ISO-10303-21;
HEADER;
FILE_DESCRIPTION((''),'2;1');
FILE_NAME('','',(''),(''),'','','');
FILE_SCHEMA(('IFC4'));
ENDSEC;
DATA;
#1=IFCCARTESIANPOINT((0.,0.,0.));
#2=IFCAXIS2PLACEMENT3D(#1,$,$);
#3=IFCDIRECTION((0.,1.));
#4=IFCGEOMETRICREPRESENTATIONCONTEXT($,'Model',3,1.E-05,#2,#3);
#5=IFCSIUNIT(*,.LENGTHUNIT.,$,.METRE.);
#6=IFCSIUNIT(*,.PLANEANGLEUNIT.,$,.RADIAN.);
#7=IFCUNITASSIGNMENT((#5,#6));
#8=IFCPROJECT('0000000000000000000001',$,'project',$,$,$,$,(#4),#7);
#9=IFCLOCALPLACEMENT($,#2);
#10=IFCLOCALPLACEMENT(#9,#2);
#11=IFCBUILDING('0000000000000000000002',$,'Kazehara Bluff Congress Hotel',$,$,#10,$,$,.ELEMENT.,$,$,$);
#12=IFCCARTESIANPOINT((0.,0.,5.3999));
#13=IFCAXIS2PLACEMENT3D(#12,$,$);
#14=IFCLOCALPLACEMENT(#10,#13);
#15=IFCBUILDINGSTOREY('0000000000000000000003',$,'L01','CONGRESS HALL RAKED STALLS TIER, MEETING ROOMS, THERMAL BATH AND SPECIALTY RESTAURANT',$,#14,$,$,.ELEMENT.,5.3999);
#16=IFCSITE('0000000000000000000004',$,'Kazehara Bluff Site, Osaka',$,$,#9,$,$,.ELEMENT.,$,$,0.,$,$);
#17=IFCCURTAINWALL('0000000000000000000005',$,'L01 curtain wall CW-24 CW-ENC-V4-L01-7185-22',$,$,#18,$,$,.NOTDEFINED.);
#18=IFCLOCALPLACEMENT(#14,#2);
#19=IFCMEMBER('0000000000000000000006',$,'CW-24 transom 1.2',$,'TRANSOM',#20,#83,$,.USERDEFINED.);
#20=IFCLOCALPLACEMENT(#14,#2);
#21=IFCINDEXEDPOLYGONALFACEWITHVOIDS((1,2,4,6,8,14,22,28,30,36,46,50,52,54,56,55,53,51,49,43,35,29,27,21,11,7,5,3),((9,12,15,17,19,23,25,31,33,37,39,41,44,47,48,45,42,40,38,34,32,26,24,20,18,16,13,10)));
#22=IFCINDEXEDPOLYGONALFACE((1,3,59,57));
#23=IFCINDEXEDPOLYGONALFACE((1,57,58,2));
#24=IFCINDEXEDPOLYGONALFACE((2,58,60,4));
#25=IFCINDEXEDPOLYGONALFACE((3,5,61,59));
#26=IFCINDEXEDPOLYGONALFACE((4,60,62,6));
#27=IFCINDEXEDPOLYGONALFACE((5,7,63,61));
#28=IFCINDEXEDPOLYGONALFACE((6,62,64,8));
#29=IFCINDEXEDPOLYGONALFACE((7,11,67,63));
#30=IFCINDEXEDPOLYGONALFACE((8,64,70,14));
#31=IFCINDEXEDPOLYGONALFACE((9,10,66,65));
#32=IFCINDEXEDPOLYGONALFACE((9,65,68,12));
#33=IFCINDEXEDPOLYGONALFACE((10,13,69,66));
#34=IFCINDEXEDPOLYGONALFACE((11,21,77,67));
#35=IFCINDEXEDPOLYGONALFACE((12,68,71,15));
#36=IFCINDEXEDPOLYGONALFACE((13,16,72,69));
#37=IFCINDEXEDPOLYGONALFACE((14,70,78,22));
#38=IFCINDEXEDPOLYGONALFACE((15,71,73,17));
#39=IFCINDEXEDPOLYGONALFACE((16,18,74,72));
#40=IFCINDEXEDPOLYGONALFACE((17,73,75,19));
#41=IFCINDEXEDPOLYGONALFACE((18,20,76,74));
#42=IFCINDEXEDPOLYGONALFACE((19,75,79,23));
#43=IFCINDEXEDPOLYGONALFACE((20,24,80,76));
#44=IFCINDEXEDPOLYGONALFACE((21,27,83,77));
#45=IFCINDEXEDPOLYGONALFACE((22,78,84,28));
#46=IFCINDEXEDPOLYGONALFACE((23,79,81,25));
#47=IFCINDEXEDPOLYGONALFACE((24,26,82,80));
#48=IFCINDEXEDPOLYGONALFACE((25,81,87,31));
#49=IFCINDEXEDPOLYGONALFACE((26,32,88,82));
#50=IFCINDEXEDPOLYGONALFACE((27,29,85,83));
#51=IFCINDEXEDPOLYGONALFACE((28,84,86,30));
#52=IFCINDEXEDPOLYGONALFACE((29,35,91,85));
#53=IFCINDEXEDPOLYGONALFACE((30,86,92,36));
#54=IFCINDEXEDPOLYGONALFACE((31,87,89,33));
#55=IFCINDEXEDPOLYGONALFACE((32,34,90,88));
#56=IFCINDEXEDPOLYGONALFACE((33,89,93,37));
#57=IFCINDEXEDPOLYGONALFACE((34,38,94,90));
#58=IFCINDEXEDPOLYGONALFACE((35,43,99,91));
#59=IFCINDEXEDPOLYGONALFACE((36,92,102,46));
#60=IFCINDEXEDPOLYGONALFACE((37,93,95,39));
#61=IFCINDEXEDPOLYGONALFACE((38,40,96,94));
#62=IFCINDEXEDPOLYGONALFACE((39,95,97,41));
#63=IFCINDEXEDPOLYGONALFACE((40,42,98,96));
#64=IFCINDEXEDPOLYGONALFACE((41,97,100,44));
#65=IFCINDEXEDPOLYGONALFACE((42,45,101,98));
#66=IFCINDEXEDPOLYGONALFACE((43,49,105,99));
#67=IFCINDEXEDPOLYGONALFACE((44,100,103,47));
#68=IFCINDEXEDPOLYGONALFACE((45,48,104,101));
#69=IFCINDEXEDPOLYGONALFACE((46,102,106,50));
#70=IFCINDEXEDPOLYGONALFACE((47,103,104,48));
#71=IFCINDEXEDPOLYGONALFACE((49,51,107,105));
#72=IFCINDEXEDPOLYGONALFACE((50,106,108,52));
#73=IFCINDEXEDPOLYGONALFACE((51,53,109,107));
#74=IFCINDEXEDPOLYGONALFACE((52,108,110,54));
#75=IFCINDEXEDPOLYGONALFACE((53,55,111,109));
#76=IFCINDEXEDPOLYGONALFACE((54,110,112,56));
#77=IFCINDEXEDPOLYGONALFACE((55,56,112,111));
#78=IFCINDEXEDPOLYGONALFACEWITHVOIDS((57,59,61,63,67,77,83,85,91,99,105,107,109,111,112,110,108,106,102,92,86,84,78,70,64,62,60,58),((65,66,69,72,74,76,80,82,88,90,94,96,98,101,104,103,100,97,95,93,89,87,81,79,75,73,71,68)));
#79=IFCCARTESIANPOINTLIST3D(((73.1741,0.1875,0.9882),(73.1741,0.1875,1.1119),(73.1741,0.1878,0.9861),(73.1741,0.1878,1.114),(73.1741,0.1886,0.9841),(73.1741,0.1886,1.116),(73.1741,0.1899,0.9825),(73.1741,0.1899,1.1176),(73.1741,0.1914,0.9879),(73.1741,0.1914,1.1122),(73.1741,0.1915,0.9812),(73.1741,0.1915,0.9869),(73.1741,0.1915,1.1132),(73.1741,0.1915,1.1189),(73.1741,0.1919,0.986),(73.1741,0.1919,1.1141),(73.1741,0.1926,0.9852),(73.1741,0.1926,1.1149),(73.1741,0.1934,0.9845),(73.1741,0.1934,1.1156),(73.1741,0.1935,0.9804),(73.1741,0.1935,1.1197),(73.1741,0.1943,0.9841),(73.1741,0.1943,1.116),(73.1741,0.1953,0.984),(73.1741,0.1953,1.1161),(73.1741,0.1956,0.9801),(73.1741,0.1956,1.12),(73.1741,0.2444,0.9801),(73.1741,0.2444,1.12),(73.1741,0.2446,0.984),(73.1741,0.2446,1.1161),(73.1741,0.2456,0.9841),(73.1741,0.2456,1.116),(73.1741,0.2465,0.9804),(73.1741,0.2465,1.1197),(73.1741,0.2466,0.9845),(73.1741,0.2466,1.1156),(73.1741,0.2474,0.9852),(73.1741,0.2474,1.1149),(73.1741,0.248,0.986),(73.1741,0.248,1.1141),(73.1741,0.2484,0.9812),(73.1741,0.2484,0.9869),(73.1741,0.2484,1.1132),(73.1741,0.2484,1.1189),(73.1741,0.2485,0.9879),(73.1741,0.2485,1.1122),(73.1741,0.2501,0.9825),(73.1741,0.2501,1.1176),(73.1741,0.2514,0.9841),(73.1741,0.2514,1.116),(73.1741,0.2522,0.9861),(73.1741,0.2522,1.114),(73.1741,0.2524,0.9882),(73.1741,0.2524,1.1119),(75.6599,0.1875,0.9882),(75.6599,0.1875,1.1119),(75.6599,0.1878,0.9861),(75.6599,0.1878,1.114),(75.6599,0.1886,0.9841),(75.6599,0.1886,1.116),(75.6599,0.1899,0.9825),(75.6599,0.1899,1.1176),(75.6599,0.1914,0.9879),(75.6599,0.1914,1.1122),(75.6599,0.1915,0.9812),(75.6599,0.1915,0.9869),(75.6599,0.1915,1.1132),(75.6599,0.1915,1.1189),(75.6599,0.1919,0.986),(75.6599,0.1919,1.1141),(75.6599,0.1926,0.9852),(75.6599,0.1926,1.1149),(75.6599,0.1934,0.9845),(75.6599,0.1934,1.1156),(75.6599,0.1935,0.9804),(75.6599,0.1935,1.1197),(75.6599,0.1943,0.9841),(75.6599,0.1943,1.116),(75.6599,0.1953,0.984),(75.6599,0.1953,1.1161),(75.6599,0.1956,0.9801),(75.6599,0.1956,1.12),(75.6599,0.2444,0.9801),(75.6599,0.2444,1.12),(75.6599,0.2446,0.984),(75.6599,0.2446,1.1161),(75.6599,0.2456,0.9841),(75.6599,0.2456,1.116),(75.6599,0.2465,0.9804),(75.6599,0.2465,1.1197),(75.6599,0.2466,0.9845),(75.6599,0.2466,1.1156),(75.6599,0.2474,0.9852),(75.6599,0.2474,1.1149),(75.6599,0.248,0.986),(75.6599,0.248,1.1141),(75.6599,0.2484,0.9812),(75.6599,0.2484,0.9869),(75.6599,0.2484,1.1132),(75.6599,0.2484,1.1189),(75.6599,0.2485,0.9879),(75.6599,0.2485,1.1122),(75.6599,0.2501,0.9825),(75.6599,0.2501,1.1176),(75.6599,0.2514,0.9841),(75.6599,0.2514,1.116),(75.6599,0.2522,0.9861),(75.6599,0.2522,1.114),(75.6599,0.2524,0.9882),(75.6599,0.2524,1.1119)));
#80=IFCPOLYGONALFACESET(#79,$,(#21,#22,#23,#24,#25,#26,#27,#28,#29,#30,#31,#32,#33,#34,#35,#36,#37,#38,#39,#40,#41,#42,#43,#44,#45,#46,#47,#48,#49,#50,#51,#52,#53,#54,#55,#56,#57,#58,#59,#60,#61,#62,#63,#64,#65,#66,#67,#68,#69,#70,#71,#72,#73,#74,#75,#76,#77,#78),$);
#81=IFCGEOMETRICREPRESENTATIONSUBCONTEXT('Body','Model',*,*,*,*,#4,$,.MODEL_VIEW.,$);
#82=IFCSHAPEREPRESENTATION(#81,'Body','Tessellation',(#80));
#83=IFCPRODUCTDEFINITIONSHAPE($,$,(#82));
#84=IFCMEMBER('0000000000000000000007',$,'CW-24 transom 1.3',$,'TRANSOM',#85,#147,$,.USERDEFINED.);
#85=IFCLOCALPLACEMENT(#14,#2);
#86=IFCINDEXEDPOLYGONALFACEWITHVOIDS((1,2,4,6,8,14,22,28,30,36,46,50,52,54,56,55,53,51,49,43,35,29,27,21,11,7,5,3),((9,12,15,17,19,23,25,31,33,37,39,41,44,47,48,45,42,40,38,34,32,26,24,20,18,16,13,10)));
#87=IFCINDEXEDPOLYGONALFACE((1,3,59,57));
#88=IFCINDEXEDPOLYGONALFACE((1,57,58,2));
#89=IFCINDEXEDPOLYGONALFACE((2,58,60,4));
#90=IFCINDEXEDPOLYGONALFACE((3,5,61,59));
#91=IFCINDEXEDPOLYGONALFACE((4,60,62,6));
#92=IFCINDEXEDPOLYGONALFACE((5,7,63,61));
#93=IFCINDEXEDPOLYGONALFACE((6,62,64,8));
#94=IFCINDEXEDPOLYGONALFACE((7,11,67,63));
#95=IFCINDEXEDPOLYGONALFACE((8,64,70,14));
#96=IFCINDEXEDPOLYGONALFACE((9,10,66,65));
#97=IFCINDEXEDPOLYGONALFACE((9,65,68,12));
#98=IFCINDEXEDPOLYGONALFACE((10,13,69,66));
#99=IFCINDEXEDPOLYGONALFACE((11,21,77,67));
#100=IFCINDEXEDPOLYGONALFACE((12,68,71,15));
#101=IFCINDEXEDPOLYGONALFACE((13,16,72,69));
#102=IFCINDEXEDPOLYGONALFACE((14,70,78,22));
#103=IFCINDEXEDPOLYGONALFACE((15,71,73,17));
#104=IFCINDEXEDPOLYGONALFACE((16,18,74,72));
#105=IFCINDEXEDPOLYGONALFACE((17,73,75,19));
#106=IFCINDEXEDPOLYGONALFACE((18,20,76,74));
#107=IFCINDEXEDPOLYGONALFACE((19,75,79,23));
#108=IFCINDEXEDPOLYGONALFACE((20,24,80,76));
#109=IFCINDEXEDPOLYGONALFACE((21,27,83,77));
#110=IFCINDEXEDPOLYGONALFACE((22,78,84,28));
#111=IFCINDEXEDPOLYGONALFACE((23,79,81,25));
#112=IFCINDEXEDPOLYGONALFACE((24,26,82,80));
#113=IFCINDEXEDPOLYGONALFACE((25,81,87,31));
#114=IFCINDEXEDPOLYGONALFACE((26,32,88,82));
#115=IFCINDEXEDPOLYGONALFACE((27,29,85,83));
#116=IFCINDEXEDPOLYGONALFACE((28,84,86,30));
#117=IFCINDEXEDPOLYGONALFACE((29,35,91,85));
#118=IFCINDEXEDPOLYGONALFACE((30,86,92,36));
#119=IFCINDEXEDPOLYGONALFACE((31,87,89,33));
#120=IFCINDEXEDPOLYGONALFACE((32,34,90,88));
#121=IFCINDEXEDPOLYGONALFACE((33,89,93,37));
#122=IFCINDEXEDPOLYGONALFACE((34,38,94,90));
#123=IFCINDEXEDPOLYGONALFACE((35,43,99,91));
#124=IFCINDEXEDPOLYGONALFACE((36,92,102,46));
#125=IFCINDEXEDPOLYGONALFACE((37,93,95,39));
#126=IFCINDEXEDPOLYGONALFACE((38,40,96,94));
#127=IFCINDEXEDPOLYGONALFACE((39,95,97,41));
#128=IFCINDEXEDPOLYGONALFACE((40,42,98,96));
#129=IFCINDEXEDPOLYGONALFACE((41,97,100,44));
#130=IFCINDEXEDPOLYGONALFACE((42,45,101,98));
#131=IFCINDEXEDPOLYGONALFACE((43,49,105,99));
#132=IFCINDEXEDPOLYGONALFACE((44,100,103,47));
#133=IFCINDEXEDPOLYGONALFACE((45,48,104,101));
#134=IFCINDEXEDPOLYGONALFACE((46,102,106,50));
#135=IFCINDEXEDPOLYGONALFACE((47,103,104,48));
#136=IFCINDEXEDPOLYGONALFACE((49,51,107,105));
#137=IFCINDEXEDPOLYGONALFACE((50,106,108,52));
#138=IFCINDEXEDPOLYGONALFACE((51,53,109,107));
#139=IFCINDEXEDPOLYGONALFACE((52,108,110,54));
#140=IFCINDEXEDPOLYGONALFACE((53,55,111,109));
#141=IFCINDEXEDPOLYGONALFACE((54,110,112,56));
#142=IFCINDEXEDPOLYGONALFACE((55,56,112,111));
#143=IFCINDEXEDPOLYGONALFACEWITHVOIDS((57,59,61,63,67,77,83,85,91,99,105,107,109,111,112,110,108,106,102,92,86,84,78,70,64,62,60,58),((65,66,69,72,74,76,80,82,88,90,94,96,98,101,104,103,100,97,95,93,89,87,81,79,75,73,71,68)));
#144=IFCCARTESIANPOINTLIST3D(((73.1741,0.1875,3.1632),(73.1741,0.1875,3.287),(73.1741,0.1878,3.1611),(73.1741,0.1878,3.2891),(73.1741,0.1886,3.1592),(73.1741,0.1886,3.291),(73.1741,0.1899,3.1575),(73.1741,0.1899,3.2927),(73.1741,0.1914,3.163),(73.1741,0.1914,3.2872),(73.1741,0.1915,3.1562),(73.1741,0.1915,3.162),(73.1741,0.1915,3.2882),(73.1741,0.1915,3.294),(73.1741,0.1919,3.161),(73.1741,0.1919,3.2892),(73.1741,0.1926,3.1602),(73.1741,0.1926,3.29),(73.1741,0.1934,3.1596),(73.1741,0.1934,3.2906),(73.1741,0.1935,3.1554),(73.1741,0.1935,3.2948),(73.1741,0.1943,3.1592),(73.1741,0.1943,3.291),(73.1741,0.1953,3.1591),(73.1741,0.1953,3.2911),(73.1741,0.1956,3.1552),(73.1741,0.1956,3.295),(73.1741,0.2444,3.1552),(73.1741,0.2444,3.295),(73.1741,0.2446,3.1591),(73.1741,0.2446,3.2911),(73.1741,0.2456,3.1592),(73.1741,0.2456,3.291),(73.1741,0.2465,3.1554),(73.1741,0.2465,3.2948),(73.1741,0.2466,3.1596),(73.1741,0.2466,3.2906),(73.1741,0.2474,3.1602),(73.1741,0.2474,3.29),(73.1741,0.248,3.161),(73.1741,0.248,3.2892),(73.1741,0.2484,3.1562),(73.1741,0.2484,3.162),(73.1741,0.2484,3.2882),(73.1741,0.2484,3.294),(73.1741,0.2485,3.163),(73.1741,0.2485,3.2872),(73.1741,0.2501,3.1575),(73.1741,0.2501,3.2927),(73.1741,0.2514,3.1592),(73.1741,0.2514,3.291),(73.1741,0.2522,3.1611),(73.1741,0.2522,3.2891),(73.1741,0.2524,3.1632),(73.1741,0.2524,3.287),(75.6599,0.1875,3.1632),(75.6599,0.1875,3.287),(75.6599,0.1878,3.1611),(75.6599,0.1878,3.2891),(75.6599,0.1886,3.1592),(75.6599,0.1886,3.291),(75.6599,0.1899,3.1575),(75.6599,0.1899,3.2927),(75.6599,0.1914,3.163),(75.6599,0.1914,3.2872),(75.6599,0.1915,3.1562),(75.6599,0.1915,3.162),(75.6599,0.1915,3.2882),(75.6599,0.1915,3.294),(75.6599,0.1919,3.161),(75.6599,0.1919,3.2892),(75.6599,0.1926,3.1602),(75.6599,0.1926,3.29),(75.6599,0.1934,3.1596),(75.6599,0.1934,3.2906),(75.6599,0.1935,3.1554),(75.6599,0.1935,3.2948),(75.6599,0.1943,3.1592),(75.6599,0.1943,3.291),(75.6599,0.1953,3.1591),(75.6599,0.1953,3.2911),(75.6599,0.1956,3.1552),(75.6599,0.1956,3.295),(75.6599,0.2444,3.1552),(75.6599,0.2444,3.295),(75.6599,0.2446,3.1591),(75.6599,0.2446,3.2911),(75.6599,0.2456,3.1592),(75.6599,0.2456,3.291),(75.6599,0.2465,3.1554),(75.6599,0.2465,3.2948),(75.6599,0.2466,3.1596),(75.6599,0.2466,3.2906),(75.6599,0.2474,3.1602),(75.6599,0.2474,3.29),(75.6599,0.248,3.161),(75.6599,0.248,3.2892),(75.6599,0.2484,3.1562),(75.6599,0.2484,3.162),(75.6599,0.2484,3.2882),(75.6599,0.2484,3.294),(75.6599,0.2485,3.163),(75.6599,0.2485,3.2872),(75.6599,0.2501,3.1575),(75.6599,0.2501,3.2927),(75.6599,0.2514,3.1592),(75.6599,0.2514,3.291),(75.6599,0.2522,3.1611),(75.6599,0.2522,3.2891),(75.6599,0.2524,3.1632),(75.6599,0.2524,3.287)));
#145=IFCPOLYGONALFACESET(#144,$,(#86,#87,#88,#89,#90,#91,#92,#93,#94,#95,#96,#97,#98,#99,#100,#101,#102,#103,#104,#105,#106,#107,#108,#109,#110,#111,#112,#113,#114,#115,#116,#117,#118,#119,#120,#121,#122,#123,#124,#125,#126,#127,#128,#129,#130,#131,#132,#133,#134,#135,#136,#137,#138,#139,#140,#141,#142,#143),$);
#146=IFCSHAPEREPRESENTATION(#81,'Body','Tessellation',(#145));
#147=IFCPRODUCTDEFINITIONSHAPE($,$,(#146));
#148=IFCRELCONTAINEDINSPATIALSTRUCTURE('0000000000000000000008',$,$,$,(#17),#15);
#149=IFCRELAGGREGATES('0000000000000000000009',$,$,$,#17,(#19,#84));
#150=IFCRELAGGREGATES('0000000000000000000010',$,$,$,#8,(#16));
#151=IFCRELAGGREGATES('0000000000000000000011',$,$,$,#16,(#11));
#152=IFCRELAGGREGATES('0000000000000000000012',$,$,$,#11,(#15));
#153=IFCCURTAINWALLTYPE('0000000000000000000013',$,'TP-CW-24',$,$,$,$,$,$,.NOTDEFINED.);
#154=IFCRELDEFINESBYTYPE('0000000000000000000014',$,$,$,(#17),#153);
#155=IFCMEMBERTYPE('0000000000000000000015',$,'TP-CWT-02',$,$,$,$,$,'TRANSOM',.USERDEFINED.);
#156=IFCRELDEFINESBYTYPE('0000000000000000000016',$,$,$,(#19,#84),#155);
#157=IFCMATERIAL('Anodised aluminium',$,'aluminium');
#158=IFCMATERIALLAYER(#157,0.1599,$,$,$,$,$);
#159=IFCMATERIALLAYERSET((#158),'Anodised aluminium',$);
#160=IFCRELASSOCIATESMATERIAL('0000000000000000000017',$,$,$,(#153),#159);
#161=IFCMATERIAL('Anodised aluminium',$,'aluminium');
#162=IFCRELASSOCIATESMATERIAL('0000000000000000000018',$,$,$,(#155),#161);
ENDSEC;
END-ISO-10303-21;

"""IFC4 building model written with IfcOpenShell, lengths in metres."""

from ifc_helpers import new_model, si_unit, direction, frame, origin, origin_2d, place, context, subcontext, project, spatial, hollow_rectangle, extrude, material, layer, layer_set, material_profile, profile_set, type_object, element, aggregate, save


model = new_model("IFC4")

# Units and contexts
model_context = context("Model", 3, precision=1e-05, world=origin(), true_north=direction((0.0, 1.0)))
body_context = subcontext(model_context, "Body", "Model", "MODEL_VIEW")
ifc_project = project(units=[si_unit("LENGTHUNIT", "METRE"), si_unit("PLANEANGLEUNIT", "RADIAN")], contexts=[model_context])

# Site, building, storey
site_placement = place(None, origin())
site = spatial("IfcSite", under=ifc_project, at=site_placement, Name="Kazehara Bluff Site, Osaka", CompositionType="ELEMENT", RefElevation=0.0)
building_placement = place(site_placement, origin())
building = spatial("IfcBuilding", under=site, at=building_placement, Name="Kazehara Bluff Congress Hotel", CompositionType="ELEMENT")
storey_placement = place(building_placement, frame((0.0, 0.0, 5.3999)))
storey = spatial("IfcBuildingStorey", under=building, at=storey_placement, Name="L01", Description="CONGRESS HALL RAKED STALLS TIER, MEETING ROOMS, THERMAL BATH AND SPECIALTY RESTAURANT", CompositionType="ELEMENT", Elevation=5.3999)

# Curtain wall
ifc_material_1 = material(Name="Anodised aluminium", Category="aluminium")
ifc_layer_1 = layer(ifc_material_1, 0.1599)
ifc_layer_set_1 = layer_set([ifc_layer_1], Name="Anodised aluminium")
curtain_wall_type_1 = type_object("IfcCurtainWallType", Name="TP-CW-24", PredefinedType="NOTDEFINED", material=ifc_layer_set_1)
curtain_wall_1_placement = place(storey_placement, origin())
curtain_wall_1 = element("IfcCurtainWall", 1, at=curtain_wall_1_placement, inside=storey, type_object=curtain_wall_type_1, Name="L01 curtain wall CW-24 CW-ENC-V4-L01-7185-22", PredefinedType="NOTDEFINED")

# Members
ifc_material_2 = material(Name="Anodised aluminium", Category="aluminium")
ifc_material_profile_1 = material_profile(ifc_material_2, hollow_rectangle(XDim=0.0649, YDim=0.1399, WallThickness=0.0039, InnerFilletRadius=0.0039, OuterFilletRadius=0.0081, at=origin_2d()))
ifc_profile_set_1 = profile_set([ifc_material_profile_1], Name="Anodised aluminium")
member_type_1 = type_object("IfcMemberType", Name="TP-CWT-02", ElementType="TRANSOM", PredefinedType="USERDEFINED", material=ifc_profile_set_1)
member_1_placement = place(storey_placement, frame((75.6599, 0.22, 1.05), z_axis=(-1.0, 0.0, 0.0), x_axis=(0.0, -1.0, 0.0)))
member_1 = element("IfcMember", 2, at=member_1_placement, type_object=member_type_1, Name="CW-24 transom 1.2", ObjectType="TRANSOM", PredefinedType="USERDEFINED", context=body_context, shape_type="SweptSolid", body=[
    extrude(hollow_rectangle(XDim=0.0649, YDim=0.1399, WallThickness=0.0039, InnerFilletRadius=0.0039, OuterFilletRadius=0.0081, at=origin_2d()), origin(), (0.0, 0.0, 1.0), 2.4858),
])
member_2_placement = place(storey_placement, frame((75.6599, 0.22, 3.2251), z_axis=(-1.0, 0.0, 0.0), x_axis=(0.0, -1.0, 0.0)))
member_2 = element("IfcMember", 3, at=member_2_placement, type_object=member_type_1, Name="CW-24 transom 1.3", ObjectType="TRANSOM", PredefinedType="USERDEFINED", context=body_context, shape_type="SweptSolid", body=[
    extrude(hollow_rectangle(XDim=0.0649, YDim=0.1399, WallThickness=0.0039, InnerFilletRadius=0.0039, OuterFilletRadius=0.0081, at=origin_2d()), origin(), (0.0, 0.0, 1.0), 2.4858),
])

aggregate(curtain_wall_1, [member_1, member_2])

save(model, "model.ifc")
